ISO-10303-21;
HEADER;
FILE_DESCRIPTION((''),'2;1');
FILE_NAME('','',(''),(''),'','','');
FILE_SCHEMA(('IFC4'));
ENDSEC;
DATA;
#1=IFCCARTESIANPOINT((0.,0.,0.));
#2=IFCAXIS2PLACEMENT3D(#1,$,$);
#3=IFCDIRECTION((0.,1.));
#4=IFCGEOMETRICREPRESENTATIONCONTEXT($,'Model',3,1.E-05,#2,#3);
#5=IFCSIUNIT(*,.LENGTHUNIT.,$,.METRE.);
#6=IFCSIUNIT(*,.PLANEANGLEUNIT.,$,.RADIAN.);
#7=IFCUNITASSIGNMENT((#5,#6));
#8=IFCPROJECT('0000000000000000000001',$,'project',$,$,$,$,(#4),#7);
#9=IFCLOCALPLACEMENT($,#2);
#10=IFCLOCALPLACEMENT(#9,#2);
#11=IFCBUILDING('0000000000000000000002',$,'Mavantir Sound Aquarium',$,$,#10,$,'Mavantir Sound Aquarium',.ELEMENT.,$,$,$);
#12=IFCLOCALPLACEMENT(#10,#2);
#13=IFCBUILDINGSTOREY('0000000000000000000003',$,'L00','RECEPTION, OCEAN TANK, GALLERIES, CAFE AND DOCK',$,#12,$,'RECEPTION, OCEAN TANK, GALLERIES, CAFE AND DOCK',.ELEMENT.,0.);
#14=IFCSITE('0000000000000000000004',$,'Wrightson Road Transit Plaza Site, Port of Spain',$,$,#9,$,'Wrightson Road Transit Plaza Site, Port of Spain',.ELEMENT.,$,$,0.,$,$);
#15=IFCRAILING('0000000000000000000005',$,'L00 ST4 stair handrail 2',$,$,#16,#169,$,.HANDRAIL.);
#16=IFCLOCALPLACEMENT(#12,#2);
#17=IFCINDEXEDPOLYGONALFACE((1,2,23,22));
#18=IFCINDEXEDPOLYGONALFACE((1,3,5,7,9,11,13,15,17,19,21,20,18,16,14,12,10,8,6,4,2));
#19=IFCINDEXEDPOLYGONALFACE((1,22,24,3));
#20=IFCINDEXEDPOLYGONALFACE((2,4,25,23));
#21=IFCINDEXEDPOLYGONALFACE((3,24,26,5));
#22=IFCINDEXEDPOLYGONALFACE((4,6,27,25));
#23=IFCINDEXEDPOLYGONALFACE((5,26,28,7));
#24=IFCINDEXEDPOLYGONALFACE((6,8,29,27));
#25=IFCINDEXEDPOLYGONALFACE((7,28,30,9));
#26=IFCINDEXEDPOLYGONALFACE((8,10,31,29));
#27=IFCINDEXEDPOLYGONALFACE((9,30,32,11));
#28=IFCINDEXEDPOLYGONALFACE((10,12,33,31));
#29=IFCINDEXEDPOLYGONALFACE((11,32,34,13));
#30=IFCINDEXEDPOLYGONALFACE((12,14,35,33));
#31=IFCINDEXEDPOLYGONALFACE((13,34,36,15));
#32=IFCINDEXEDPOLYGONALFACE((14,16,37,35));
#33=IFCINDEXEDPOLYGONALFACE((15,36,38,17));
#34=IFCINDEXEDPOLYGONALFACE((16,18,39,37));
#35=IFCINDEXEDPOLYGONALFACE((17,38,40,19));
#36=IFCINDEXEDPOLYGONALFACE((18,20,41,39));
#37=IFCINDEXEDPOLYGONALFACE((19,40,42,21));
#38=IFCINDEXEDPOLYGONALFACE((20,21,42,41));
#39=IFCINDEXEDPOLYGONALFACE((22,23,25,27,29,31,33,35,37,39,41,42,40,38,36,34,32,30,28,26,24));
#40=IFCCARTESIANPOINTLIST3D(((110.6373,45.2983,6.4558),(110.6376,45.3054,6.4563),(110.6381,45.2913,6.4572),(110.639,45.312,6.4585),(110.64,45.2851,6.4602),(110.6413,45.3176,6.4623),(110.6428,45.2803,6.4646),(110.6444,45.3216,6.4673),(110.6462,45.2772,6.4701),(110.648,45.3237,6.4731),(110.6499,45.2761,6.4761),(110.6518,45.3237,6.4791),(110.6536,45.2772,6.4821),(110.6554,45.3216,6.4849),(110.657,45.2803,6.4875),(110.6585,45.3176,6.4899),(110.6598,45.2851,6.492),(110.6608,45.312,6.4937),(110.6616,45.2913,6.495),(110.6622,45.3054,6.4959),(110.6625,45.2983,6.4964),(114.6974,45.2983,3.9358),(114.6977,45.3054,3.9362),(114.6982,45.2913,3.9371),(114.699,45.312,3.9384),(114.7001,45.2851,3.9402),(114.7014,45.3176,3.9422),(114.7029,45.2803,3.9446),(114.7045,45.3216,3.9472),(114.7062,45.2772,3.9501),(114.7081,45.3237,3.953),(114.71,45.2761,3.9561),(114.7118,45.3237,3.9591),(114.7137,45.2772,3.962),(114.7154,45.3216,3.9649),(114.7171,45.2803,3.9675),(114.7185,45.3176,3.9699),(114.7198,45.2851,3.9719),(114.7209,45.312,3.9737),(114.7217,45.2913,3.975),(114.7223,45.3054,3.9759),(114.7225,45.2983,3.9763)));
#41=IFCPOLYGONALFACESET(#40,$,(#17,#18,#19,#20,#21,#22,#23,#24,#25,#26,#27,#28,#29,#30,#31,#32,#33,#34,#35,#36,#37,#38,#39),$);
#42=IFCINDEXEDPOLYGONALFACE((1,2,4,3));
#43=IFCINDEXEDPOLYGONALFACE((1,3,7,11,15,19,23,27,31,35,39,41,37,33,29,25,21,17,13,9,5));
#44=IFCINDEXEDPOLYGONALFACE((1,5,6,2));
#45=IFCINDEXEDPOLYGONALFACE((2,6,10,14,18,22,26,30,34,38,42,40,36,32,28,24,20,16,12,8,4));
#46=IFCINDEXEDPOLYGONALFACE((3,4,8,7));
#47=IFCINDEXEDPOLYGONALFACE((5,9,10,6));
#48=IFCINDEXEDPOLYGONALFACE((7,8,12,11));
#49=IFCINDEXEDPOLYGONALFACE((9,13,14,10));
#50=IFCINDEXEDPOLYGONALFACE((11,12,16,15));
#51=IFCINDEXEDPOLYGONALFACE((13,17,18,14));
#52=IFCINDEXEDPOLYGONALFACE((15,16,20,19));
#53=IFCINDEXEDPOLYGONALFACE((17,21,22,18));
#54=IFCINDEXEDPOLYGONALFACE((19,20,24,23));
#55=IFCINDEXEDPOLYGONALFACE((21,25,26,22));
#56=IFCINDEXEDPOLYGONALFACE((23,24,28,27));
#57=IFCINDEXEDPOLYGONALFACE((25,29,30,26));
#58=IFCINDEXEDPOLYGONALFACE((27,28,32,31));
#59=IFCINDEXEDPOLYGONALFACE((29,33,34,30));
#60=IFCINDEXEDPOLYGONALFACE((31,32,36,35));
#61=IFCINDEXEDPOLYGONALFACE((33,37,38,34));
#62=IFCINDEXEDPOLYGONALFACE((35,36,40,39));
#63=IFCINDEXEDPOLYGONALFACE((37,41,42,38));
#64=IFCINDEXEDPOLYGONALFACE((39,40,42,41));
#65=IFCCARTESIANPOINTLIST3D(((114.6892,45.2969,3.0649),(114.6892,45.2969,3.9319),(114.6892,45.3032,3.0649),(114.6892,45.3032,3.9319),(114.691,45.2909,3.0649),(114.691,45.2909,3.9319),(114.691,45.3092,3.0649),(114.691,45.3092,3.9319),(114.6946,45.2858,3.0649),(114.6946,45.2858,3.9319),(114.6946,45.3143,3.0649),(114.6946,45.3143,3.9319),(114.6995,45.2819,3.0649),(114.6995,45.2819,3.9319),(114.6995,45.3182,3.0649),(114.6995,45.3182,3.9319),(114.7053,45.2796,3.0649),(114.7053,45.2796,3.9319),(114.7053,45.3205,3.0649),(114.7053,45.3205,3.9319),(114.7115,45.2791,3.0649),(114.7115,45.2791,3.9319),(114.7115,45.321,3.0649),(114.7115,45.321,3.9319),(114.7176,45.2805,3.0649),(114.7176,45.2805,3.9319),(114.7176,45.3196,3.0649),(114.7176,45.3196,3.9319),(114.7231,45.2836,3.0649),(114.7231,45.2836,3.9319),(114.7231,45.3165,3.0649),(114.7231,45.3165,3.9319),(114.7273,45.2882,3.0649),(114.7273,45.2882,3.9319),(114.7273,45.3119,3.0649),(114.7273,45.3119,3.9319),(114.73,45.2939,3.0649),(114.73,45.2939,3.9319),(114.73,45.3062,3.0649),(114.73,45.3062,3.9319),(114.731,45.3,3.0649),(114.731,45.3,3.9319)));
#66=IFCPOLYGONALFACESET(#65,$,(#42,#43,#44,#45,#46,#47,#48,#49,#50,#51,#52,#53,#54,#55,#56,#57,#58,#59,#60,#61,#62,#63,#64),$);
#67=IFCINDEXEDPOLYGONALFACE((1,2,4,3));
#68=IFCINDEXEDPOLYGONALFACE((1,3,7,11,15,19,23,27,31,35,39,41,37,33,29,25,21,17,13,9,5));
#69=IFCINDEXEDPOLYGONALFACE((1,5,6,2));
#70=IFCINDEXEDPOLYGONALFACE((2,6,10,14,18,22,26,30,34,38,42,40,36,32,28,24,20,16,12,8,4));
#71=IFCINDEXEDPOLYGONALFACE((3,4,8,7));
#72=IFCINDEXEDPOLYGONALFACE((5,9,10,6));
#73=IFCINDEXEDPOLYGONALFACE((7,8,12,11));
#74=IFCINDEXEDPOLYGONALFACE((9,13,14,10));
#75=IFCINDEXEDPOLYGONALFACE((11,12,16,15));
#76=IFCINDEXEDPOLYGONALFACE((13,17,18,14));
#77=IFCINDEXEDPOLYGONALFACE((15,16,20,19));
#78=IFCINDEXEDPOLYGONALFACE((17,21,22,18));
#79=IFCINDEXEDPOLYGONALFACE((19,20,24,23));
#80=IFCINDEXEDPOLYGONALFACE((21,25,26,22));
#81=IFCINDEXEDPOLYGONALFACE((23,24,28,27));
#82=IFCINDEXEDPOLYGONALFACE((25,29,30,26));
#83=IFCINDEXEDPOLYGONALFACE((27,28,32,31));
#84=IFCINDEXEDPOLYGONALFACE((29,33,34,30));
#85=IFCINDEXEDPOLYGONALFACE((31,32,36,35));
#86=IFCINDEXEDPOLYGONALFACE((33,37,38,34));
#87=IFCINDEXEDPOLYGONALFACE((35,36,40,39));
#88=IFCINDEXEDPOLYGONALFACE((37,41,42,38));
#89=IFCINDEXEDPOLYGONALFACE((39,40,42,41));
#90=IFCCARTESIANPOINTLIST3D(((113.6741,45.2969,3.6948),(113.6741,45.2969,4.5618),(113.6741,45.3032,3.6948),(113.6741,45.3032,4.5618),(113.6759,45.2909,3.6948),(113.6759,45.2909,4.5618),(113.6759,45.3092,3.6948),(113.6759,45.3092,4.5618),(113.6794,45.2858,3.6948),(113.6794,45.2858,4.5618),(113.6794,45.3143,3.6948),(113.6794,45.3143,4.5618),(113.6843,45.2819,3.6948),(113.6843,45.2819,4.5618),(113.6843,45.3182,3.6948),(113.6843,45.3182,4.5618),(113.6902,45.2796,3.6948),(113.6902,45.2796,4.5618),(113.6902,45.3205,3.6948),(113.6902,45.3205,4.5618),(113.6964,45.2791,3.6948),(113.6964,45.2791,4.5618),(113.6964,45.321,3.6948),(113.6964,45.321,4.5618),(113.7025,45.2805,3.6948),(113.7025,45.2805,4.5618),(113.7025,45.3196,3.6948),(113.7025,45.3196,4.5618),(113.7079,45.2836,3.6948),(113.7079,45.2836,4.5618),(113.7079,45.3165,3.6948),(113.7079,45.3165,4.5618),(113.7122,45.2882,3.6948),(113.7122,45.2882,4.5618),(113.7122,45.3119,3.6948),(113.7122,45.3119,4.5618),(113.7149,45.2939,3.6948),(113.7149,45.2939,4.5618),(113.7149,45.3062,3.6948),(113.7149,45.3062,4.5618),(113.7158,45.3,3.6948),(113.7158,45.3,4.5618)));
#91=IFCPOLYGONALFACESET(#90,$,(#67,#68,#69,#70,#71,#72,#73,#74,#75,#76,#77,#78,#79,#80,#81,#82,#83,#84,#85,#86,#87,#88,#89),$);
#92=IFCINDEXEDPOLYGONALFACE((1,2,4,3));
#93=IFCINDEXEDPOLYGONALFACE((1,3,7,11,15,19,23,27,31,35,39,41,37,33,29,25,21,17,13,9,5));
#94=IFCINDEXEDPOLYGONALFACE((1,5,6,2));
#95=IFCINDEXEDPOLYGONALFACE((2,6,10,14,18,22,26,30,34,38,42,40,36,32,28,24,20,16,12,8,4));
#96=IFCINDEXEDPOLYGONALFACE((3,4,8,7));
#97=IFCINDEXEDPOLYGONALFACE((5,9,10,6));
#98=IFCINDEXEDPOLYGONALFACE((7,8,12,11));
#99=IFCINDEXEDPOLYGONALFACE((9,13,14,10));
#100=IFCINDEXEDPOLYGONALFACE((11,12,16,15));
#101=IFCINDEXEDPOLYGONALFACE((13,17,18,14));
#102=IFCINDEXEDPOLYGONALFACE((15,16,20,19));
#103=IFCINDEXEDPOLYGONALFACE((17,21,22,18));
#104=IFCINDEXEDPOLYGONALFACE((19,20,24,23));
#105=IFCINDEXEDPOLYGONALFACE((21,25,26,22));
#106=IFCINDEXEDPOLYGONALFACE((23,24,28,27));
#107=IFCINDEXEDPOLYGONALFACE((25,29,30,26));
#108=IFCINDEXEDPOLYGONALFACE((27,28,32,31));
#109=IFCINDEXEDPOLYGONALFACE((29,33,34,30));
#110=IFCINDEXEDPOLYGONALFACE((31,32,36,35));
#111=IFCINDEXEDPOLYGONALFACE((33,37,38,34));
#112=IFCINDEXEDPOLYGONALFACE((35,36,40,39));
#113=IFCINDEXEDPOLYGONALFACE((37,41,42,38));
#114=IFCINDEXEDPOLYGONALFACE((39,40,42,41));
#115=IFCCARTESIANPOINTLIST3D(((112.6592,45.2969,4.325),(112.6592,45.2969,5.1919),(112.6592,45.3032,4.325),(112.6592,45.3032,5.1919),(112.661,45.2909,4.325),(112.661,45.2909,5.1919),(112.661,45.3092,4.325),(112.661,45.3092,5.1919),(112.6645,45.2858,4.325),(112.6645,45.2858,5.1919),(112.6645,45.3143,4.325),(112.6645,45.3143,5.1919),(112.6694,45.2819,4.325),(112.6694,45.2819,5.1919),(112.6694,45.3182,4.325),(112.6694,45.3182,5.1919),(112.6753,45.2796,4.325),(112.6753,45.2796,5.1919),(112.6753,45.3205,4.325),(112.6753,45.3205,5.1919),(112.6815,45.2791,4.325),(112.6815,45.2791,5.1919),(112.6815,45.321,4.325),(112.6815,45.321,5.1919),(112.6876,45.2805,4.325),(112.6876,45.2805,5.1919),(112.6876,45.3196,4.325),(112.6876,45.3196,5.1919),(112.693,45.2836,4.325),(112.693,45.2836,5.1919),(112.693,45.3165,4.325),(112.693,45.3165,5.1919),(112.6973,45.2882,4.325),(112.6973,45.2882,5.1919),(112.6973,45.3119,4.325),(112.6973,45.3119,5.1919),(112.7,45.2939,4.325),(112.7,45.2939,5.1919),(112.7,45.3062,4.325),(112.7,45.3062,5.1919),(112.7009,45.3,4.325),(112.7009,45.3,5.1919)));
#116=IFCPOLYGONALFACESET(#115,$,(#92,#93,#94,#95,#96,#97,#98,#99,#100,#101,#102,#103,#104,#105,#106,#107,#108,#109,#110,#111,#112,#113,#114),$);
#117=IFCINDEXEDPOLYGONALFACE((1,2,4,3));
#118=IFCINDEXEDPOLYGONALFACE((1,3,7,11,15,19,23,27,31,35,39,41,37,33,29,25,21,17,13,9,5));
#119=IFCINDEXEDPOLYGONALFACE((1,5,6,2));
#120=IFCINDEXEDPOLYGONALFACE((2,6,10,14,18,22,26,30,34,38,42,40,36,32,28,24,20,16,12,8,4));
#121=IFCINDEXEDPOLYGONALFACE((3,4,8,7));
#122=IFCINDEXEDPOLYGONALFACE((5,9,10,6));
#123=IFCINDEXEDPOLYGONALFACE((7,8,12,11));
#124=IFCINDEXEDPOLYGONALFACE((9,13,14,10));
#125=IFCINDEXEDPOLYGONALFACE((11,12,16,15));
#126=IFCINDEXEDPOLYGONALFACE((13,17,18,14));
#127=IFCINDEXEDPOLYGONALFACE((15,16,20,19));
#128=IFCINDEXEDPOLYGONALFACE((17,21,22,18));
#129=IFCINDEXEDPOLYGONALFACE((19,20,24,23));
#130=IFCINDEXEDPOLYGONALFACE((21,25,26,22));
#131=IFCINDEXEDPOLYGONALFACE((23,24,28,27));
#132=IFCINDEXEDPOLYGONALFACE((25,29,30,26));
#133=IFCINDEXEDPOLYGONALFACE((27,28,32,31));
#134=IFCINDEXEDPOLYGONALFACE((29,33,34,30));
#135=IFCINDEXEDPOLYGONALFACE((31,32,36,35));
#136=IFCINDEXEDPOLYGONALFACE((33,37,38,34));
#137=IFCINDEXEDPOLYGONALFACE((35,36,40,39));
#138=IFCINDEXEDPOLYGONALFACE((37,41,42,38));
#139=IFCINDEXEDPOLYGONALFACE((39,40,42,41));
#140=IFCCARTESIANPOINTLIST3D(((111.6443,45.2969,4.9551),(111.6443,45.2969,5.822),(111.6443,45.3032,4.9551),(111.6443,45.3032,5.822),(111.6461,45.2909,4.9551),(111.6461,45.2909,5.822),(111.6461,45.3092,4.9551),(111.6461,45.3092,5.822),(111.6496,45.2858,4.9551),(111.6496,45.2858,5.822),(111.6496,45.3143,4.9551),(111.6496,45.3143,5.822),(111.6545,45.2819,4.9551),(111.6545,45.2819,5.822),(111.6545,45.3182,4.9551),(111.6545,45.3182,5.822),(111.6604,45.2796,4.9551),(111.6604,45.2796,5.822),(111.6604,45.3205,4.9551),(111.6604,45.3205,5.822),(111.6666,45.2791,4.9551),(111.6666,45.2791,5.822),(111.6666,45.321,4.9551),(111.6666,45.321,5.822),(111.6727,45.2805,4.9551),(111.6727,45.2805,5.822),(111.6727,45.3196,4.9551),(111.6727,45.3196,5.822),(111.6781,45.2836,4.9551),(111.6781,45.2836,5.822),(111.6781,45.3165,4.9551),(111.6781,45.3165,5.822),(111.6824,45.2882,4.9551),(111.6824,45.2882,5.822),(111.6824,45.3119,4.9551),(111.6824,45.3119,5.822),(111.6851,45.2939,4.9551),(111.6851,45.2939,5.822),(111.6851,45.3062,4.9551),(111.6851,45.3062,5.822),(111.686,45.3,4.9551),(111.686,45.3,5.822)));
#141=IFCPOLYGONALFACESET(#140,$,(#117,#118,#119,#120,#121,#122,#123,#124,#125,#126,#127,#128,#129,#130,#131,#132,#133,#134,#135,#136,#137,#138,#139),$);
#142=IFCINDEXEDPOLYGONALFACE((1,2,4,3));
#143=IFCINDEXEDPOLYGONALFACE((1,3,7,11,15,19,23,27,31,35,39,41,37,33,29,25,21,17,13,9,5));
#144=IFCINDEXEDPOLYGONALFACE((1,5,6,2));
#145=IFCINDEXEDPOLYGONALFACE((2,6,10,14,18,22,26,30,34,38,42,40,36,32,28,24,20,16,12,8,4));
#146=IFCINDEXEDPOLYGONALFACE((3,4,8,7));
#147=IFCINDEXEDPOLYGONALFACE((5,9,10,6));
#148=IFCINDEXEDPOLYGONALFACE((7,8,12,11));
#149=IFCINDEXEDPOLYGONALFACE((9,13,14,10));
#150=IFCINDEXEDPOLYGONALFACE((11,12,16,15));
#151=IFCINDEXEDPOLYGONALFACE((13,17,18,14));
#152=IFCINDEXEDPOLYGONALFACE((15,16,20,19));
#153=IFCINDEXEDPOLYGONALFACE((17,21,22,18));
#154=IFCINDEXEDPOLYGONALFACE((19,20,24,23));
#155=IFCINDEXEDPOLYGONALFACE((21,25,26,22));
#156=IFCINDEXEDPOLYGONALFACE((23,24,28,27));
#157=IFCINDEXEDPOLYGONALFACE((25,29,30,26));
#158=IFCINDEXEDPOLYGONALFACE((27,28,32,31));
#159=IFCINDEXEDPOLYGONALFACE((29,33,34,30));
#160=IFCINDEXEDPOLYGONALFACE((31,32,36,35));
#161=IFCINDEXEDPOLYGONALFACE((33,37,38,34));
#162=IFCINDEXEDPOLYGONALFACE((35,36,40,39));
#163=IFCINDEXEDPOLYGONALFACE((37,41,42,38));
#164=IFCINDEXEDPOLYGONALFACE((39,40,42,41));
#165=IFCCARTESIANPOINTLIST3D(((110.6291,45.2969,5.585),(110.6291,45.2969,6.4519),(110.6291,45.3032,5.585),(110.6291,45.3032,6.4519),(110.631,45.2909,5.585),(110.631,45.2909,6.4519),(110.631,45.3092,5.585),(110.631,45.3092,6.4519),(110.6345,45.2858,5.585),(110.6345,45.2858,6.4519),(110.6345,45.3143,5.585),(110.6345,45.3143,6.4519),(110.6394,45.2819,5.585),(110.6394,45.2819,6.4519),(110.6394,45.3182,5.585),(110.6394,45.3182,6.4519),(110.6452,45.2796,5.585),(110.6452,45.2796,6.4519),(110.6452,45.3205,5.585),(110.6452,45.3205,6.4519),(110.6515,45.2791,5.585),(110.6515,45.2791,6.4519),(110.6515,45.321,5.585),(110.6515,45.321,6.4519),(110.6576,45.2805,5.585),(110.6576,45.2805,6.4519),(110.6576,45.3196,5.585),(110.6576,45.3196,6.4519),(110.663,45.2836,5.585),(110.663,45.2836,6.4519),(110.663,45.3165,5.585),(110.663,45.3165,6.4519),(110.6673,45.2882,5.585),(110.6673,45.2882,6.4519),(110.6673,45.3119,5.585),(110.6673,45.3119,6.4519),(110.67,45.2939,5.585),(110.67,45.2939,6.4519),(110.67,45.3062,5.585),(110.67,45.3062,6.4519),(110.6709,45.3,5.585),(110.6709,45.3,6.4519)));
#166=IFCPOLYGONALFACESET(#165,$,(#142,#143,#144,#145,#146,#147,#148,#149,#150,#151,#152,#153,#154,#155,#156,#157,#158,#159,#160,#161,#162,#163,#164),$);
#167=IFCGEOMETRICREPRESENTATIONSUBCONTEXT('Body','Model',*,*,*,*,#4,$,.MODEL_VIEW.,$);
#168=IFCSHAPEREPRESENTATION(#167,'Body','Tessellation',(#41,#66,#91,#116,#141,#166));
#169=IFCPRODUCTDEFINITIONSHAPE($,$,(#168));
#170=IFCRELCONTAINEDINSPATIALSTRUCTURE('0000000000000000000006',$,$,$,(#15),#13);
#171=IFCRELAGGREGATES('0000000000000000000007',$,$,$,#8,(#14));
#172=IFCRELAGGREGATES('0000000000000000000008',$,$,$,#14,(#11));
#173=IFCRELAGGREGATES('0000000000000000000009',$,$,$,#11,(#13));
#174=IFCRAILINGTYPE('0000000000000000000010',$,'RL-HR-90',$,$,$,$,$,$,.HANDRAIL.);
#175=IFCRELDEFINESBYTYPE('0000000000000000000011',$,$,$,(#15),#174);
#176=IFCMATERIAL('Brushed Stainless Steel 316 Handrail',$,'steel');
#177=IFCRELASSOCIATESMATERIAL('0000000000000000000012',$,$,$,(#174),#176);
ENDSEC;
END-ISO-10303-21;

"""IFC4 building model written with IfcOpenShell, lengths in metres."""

from ifc_helpers import new_model, si_unit, direction, frame, origin, origin_2d, place, context, subcontext, project, spatial, circle, extrude, material, type_object, element, save


model = new_model("IFC4")

# Units and contexts
model_context = context("Model", 3, precision=1e-05, world=origin(), true_north=direction((0.0, 1.0)))
body_context = subcontext(model_context, "Body", "Model", "MODEL_VIEW")
ifc_project = project(units=[si_unit("LENGTHUNIT", "METRE"), si_unit("PLANEANGLEUNIT", "RADIAN")], contexts=[model_context])

# Site, building, storey
site_placement = place(None, origin())
site = spatial("IfcSite", under=ifc_project, at=site_placement, Name="Wrightson Road Transit Plaza Site, Port of Spain", LongName="Wrightson Road Transit Plaza Site, Port of Spain", CompositionType="ELEMENT", RefElevation=0.0)
building_placement = place(site_placement, origin())
building = spatial("IfcBuilding", under=site, at=building_placement, Name="Mavantir Sound Aquarium", LongName="Mavantir Sound Aquarium", CompositionType="ELEMENT")
storey_placement = place(building_placement, origin())
storey = spatial("IfcBuildingStorey", under=building, at=storey_placement, Name="L00", Description="RECEPTION, OCEAN TANK, GALLERIES, CAFE AND DOCK", LongName="RECEPTION, OCEAN TANK, GALLERIES, CAFE AND DOCK", CompositionType="ELEMENT", Elevation=0.0)

# Railing
ifc_material_1 = material(Name="Brushed Stainless Steel 316 Handrail", Category="steel")
railing_type_1 = type_object("IfcRailingType", Name="RL-HR-90", PredefinedType="HANDRAIL", material=ifc_material_1)
railing_1_placement = place(storey_placement, frame((114.71, 45.3, 3.0649)))
element("IfcRailing", 1, at=railing_1_placement, inside=storey, type_object=railing_type_1, Name="L00 ST4 stair handrail 2", PredefinedType="HANDRAIL", context=body_context, shape_type="SweptSolid", body=[
    extrude(circle(Radius=0.0239, at=origin_2d()), frame((0.0, 0.0, 0.8911), z_axis=(-0.849642, 0.0, 0.52736), x_axis=(0.0, -1.0, 0.0)), (0.0, 0.0, 1.0), 4.7786),
    extrude(circle(Radius=0.021, at=origin_2d()), origin(), (0.0, 0.0, 1.0), 0.8669),
    extrude(circle(Radius=0.021, at=origin_2d()), frame((-1.0151, 0.0, 0.6299)), (0.0, 0.0, 1.0), 0.8669),
    extrude(circle(Radius=0.021, at=origin_2d()), frame((-2.03, 0.0, 1.26)), (0.0, 0.0, 1.0), 0.8669),
    extrude(circle(Radius=0.021, at=origin_2d()), frame((-3.0449, 0.0, 1.8901)), (0.0, 0.0, 1.0), 0.8669),
    extrude(circle(Radius=0.021, at=origin_2d()), frame((-4.0601, 0.0, 2.52)), (0.0, 0.0, 1.0), 0.8669),
])

save(model, "model.ifc")
